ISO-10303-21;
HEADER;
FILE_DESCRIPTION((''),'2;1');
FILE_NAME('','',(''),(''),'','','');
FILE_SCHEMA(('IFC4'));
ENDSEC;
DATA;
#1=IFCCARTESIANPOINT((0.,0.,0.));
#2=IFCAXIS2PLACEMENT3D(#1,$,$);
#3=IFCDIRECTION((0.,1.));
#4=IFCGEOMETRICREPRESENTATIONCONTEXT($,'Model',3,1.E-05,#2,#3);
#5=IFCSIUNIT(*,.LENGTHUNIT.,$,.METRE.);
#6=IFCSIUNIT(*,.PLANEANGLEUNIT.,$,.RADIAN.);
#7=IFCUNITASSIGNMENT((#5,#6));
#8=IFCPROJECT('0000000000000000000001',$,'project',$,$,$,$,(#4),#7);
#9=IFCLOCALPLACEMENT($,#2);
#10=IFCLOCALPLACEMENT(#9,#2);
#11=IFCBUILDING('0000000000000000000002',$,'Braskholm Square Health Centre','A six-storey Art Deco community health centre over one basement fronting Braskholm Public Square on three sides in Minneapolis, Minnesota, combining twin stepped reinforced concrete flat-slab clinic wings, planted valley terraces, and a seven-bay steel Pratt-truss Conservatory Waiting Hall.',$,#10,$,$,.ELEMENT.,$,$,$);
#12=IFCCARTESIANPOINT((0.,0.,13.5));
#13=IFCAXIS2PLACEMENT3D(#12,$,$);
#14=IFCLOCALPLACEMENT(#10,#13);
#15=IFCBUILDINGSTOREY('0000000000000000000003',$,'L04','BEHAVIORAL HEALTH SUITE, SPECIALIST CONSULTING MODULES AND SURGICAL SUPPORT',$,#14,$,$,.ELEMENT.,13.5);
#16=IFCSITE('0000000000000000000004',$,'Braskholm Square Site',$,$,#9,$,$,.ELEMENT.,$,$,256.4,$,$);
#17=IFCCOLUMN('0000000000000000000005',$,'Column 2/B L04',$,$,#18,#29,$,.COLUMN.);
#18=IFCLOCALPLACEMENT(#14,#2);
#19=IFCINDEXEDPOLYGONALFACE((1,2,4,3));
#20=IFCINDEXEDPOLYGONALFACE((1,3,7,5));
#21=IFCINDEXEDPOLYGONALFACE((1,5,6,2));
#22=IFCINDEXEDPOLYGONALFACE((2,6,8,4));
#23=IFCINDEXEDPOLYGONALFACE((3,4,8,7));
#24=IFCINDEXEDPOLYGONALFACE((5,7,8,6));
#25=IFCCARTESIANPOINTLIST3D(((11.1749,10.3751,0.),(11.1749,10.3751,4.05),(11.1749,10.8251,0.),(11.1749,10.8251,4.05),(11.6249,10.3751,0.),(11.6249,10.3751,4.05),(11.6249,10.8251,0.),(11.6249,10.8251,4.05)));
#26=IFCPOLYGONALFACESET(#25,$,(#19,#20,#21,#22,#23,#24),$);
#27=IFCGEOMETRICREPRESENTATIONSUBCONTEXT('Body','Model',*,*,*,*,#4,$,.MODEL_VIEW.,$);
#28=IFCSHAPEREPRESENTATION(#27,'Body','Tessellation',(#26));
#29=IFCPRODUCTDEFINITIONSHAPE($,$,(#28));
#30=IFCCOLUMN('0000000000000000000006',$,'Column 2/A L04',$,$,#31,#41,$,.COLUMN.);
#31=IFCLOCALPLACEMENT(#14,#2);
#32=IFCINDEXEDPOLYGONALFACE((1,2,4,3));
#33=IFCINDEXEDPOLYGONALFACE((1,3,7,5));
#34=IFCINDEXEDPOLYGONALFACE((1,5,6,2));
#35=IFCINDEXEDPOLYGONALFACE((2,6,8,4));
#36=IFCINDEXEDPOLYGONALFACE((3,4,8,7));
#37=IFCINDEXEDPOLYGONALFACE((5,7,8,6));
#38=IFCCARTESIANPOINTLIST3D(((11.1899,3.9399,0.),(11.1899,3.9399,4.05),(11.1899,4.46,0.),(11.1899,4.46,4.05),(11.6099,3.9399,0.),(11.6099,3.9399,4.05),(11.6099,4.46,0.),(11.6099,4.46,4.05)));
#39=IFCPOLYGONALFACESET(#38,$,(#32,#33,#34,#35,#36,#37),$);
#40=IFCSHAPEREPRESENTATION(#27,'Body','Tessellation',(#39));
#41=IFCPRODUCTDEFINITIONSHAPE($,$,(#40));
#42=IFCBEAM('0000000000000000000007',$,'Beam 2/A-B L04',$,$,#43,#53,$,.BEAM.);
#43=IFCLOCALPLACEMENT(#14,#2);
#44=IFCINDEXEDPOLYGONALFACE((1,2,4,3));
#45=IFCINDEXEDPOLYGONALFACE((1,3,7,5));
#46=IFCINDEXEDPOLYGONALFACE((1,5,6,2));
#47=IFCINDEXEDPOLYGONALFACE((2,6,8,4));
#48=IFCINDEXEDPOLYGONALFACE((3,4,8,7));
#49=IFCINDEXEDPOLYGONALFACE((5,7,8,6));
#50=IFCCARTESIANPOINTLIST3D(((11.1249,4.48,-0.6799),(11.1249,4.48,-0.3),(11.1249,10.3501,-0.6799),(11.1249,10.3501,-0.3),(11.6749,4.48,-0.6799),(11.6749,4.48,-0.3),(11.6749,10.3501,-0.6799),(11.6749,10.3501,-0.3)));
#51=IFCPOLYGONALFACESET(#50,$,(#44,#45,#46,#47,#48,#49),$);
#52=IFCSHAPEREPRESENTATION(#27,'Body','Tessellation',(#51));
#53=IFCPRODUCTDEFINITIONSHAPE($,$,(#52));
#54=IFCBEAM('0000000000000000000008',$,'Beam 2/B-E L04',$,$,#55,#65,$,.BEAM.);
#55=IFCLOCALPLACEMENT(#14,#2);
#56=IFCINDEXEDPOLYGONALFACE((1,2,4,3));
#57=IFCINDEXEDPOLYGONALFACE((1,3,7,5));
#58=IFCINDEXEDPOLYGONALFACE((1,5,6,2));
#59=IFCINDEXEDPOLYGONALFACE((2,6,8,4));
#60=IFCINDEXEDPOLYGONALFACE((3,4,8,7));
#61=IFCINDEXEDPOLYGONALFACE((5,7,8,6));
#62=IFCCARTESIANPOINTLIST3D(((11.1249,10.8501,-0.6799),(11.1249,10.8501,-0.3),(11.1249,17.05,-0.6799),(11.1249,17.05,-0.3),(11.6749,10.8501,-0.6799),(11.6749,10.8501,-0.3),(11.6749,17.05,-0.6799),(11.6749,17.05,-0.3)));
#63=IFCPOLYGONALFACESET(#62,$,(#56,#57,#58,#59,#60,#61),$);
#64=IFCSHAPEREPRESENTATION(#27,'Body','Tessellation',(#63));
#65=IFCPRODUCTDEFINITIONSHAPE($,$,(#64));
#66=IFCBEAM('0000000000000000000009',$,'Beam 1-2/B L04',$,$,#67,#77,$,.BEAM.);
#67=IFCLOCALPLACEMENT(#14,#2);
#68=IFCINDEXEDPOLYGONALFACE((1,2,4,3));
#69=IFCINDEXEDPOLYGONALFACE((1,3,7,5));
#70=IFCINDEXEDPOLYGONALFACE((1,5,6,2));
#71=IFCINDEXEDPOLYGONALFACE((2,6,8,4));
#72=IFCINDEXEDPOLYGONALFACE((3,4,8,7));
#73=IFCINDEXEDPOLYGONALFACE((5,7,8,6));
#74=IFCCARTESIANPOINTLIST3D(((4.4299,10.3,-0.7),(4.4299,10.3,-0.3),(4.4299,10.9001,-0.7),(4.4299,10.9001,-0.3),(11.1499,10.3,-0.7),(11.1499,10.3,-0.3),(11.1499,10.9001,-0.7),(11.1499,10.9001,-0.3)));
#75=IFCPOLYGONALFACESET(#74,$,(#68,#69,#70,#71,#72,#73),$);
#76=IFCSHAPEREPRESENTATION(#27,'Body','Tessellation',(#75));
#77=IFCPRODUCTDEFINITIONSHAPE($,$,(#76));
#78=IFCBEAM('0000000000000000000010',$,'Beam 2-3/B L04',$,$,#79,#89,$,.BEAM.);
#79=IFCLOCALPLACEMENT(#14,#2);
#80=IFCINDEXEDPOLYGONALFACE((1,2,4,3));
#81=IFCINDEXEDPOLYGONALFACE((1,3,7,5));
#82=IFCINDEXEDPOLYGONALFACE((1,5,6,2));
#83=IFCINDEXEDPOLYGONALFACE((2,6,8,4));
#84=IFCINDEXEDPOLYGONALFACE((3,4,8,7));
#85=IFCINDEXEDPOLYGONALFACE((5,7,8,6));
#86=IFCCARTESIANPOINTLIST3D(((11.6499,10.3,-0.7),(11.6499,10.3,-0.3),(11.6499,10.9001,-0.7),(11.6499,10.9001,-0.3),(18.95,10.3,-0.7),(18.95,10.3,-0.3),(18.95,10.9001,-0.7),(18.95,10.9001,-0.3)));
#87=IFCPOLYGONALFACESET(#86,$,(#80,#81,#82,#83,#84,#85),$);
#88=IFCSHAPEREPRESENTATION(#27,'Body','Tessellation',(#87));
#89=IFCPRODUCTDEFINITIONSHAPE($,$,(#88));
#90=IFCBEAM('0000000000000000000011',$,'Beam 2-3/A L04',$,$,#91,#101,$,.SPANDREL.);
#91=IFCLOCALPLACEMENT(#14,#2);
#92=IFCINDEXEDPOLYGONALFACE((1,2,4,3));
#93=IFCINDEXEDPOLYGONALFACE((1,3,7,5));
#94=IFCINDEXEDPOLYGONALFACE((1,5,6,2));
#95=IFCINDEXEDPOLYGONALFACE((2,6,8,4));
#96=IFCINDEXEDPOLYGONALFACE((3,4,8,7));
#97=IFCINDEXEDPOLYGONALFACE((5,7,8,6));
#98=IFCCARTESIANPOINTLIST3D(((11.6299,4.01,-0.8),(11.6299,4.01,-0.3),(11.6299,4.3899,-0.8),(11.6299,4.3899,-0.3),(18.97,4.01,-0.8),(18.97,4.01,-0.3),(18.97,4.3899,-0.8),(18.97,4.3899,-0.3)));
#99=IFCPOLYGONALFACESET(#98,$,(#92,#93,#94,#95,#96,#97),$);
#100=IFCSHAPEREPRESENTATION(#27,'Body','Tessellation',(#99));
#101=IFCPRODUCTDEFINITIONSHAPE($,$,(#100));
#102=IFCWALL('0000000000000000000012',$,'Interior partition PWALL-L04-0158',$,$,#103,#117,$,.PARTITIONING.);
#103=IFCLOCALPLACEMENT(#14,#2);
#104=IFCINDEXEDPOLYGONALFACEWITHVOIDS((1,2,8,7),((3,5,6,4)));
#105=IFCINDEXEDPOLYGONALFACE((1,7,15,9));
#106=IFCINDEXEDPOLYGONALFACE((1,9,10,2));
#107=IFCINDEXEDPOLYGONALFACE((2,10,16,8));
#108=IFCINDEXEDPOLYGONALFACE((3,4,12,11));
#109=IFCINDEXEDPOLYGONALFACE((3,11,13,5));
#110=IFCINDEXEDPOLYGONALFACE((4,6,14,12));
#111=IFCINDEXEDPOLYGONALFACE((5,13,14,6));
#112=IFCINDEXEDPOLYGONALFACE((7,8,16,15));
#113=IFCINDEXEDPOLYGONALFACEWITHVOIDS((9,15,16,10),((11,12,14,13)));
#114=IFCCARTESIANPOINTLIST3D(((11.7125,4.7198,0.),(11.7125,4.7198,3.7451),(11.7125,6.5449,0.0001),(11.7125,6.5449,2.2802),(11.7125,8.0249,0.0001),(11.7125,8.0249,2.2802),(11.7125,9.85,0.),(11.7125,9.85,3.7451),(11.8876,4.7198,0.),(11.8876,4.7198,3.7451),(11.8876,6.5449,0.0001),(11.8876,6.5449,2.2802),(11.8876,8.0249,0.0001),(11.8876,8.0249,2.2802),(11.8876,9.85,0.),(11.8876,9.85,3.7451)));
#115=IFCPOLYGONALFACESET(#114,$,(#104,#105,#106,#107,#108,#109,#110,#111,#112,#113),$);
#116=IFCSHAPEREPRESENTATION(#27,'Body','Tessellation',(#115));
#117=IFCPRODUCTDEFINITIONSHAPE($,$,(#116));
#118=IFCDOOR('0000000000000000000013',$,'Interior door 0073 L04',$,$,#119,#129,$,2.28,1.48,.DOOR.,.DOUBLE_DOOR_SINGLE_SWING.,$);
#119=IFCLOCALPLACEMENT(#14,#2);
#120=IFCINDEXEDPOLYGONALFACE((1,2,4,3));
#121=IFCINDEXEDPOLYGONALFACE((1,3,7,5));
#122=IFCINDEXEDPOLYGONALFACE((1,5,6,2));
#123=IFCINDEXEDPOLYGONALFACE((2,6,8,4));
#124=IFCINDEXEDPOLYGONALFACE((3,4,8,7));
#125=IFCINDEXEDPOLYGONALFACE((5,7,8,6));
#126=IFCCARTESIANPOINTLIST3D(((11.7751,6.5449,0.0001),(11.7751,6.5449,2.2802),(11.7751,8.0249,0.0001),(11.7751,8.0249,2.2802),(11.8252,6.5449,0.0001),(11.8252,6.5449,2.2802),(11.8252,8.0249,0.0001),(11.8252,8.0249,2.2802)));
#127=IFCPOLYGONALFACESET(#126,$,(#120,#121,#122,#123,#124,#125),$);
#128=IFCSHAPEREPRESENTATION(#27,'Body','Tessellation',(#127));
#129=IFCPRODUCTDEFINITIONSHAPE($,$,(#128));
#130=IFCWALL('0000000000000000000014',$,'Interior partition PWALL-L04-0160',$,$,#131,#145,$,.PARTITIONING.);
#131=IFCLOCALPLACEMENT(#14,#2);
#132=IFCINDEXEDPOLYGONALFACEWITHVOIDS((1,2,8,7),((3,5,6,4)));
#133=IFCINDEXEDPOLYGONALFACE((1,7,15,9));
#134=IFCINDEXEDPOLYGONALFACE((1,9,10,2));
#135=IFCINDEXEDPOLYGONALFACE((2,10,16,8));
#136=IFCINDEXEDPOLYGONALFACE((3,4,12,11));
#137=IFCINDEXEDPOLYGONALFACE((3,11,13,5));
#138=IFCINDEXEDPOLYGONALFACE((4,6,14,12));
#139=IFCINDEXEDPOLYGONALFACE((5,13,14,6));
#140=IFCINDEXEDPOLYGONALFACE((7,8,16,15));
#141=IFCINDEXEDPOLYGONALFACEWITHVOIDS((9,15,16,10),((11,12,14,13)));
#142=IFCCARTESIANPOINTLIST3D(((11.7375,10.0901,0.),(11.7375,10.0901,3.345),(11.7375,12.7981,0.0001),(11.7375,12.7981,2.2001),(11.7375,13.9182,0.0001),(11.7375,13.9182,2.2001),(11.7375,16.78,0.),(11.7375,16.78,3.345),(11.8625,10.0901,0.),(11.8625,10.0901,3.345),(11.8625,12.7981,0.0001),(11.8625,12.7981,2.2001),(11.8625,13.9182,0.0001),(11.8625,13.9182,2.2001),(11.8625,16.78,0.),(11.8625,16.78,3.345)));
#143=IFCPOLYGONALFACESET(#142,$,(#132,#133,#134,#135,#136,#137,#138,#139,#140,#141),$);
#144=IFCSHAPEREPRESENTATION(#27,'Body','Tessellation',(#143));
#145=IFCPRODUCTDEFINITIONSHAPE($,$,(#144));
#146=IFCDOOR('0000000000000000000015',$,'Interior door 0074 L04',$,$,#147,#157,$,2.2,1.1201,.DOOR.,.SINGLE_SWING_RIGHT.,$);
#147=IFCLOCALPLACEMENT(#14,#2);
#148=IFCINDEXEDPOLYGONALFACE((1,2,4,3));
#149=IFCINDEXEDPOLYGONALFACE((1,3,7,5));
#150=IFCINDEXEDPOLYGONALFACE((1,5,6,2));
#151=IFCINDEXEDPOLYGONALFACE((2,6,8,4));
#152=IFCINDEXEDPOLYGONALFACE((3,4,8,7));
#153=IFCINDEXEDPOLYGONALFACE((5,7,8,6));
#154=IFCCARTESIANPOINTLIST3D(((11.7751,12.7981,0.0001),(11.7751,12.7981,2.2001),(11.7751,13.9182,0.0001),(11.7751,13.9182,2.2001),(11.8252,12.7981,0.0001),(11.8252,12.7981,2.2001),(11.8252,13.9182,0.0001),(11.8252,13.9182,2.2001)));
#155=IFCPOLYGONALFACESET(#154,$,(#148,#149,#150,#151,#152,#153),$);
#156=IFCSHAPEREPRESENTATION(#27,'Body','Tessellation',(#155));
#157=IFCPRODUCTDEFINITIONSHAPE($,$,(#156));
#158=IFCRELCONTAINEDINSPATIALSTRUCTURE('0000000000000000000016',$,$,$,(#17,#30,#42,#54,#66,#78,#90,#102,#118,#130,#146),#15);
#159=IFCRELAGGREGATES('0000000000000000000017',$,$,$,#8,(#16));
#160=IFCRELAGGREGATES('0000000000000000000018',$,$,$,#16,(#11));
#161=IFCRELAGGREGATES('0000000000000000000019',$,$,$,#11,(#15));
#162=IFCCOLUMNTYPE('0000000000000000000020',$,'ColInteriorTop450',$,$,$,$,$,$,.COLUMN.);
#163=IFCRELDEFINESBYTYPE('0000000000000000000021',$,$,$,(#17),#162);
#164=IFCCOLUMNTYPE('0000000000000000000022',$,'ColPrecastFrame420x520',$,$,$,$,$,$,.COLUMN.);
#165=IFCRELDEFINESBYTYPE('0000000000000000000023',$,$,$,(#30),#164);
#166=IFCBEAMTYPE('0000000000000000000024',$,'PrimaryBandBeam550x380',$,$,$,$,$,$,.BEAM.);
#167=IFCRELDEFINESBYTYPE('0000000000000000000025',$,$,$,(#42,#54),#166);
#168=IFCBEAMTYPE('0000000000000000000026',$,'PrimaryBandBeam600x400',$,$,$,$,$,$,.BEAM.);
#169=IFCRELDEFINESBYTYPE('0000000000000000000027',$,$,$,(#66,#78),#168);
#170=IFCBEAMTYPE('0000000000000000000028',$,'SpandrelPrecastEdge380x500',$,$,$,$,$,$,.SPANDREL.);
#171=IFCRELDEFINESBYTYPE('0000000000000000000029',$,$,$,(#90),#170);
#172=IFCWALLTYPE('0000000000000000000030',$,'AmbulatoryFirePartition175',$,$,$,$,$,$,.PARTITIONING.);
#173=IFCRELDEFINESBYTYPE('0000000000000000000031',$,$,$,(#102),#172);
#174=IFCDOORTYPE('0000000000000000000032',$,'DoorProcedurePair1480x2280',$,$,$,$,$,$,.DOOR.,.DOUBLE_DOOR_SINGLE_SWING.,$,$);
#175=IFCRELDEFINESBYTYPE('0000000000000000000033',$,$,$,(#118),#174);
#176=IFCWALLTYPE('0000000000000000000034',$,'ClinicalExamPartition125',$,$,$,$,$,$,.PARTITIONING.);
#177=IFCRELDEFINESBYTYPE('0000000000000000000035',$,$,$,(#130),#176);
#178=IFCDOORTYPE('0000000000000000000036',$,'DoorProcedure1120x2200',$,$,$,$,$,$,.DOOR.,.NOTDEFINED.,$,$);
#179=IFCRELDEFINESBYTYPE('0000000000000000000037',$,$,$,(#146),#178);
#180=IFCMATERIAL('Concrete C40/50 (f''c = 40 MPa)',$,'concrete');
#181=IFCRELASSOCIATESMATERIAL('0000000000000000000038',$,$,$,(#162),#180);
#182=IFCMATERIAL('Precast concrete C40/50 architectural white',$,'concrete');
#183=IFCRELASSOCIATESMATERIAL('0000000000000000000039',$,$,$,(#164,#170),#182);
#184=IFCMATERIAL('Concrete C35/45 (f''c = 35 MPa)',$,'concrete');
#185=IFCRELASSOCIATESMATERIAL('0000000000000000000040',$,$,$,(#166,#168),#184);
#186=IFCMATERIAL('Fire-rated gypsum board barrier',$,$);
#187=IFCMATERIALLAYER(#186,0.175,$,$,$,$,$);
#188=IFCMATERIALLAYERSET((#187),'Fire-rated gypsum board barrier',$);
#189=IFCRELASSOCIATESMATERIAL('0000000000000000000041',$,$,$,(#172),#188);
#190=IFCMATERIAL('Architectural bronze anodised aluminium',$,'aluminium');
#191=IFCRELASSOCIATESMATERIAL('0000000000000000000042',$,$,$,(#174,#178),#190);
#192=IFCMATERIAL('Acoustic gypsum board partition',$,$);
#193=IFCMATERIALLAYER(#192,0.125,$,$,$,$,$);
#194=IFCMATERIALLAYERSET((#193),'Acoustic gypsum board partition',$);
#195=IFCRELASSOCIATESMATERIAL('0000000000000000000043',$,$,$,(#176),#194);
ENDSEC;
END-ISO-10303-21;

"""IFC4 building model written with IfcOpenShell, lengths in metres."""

from ifc_helpers import new_model, si_unit, direction, frame, frame_2d, origin, origin_with_axes, origin_2d, place, context, subcontext, project, spatial, rectangle, extrude, material, layer, layer_set, material_profile, profile_set, type_object, element, fill, save


model = new_model("IFC4")

# Units and contexts
model_context = context("Model", 3, precision=1e-05, world=origin(), true_north=direction((0.0, 1.0)))
body_context = subcontext(model_context, "Body", "Model", "MODEL_VIEW")
ifc_project = project(units=[si_unit("LENGTHUNIT", "METRE"), si_unit("PLANEANGLEUNIT", "RADIAN")], contexts=[model_context])

# Site, building, storey
site_placement = place(None, origin())
site = spatial("IfcSite", under=ifc_project, at=site_placement, Name="Braskholm Square Site", CompositionType="ELEMENT", RefElevation=256.4)
building_placement = place(site_placement, origin())
building = spatial("IfcBuilding", under=site, at=building_placement, Name="Braskholm Square Health Centre", Description="A six-storey Art Deco community health centre over one basement fronting Braskholm Public Square on three sides in Minneapolis, Minnesota, combining twin stepped reinforced concrete flat-slab clinic wings, planted valley terraces, and a seven-bay steel Pratt-truss Conservatory Waiting Hall.", CompositionType="ELEMENT")
storey_placement = place(building_placement, frame((0.0, 0.0, 13.5)))
storey = spatial("IfcBuildingStorey", under=building, at=storey_placement, Name="L04", Description="BEHAVIORAL HEALTH SUITE, SPECIALIST CONSULTING MODULES AND SURGICAL SUPPORT", CompositionType="ELEMENT", Elevation=13.5)

# Columns
ifc_material_1 = material(Name="Concrete C40/50 (f'c = 40 MPa)", Category="concrete")
ifc_material_profile_1 = material_profile(ifc_material_1, rectangle(XDim=0.45, YDim=0.45, at=origin_2d()), Name="RC-450X450")
ifc_profile_set_1 = profile_set([ifc_material_profile_1], Name="Concrete C40/50 (f'c = 40 MPa)")
column_type_1 = type_object("IfcColumnType", Name="ColInteriorTop450", PredefinedType="COLUMN", material=ifc_profile_set_1)
column_1_placement = place(storey_placement, frame((11.3999, 10.6001, 0.0), z_axis=(0.0, 0.0, 1.0), x_axis=(1.0, 0.0, 0.0)))
element("IfcColumn", 1, at=column_1_placement, inside=storey, type_object=column_type_1, Name="Column 2/B L04", PredefinedType="COLUMN", context=body_context, shape_type="SweptSolid", body=[
    extrude(rectangle(XDim=0.45, YDim=0.45, at=origin_2d()), origin(), (0.0, 0.0, 1.0), 4.05),
])
ifc_material_2 = material(Name="Precast concrete C40/50 architectural white", Category="concrete")
ifc_material_profile_2 = material_profile(ifc_material_2, rectangle(XDim=0.4199, YDim=0.52, at=origin_2d()), Name="RC-420X520")
ifc_profile_set_2 = profile_set([ifc_material_profile_2], Name="Precast concrete C40/50 architectural white")
column_type_2 = type_object("IfcColumnType", Name="ColPrecastFrame420x520", PredefinedType="COLUMN", material=ifc_profile_set_2)
column_2_placement = place(storey_placement, frame((11.3999, 4.2, 0.0), z_axis=(0.0, 0.0, 1.0), x_axis=(1.0, 0.0, 0.0)))
element("IfcColumn", 2, at=column_2_placement, inside=storey, type_object=column_type_2, Name="Column 2/A L04", PredefinedType="COLUMN", context=body_context, shape_type="SweptSolid", body=[
    extrude(rectangle(XDim=0.4199, YDim=0.52, at=origin_2d()), origin(), (0.0, 0.0, 1.0), 4.05),
])

# Beams
ifc_material_3 = material(Name="Concrete C35/45 (f'c = 35 MPa)", Category="concrete")
ifc_material_profile_3 = material_profile(ifc_material_3, rectangle(XDim=0.55, YDim=0.3799, at=origin_2d()), Name="RCB-550X380")
ifc_profile_set_3 = profile_set([ifc_material_profile_3], Name="Concrete C35/45 (f'c = 35 MPa)")
beam_type_1 = type_object("IfcBeamType", Name="PrimaryBandBeam550x380", PredefinedType="BEAM", material=ifc_profile_set_3)
beam_1_placement = place(storey_placement, frame((11.3999, 4.48, -0.49), z_axis=(0.0, 1.0, 0.0), x_axis=(-1.0, 0.0, 0.0)))
element("IfcBeam", 3, at=beam_1_placement, inside=storey, type_object=beam_type_1, Name="Beam 2/A-B L04", PredefinedType="BEAM", context=body_context, shape_type="SweptSolid", body=[
    extrude(rectangle(XDim=0.55, YDim=0.3799, at=origin_2d()), origin(), (0.0, 0.0, 1.0), 5.8701),
])
beam_2_placement = place(storey_placement, frame((11.3999, 10.8501, -0.49), z_axis=(0.0, 1.0, 0.0), x_axis=(-1.0, 0.0, 0.0)))
element("IfcBeam", 4, at=beam_2_placement, inside=storey, type_object=beam_type_1, Name="Beam 2/B-E L04", PredefinedType="BEAM", context=body_context, shape_type="SweptSolid", body=[
    extrude(rectangle(XDim=0.55, YDim=0.3799, at=origin_2d()), origin(), (0.0, 0.0, 1.0), 6.2),
])
ifc_material_profile_4 = material_profile(ifc_material_3, rectangle(XDim=0.6001, YDim=0.3999, at=origin_2d()), Name="RCB-600X400")
ifc_profile_set_4 = profile_set([ifc_material_profile_4], Name="Concrete C35/45 (f'c = 35 MPa)")
beam_type_2 = type_object("IfcBeamType", Name="PrimaryBandBeam600x400", PredefinedType="BEAM", material=ifc_profile_set_4)
beam_3_placement = place(storey_placement, frame((4.4299, 10.6001, -0.5), z_axis=(1.0, 0.0, 0.0), x_axis=(0.0, 1.0, 0.0)))
element("IfcBeam", 5, at=beam_3_placement, inside=storey, type_object=beam_type_2, Name="Beam 1-2/B L04", PredefinedType="BEAM", context=body_context, shape_type="SweptSolid", body=[
    extrude(rectangle(XDim=0.6001, YDim=0.3999, at=origin_2d()), origin(), (0.0, 0.0, 1.0), 6.72),
])
beam_4_placement = place(storey_placement, frame((11.6499, 10.6001, -0.5), z_axis=(1.0, 0.0, 0.0), x_axis=(0.0, 1.0, 0.0)))
element("IfcBeam", 6, at=beam_4_placement, inside=storey, type_object=beam_type_2, Name="Beam 2-3/B L04", PredefinedType="BEAM", context=body_context, shape_type="SweptSolid", body=[
    extrude(rectangle(XDim=0.6001, YDim=0.3999, at=origin_2d()), origin(), (0.0, 0.0, 1.0), 7.3),
])
ifc_material_profile_5 = material_profile(ifc_material_2, rectangle(XDim=0.3799, YDim=0.5, at=origin_2d()), Name="RCB-380X500")
ifc_profile_set_5 = profile_set([ifc_material_profile_5], Name="Precast concrete C40/50 architectural white")
beam_type_3 = type_object("IfcBeamType", Name="SpandrelPrecastEdge380x500", PredefinedType="SPANDREL", material=ifc_profile_set_5)
beam_5_placement = place(storey_placement, frame((11.6299, 4.2, -0.55), z_axis=(1.0, 0.0, 0.0), x_axis=(0.0, 1.0, 0.0)))
element("IfcBeam", 7, at=beam_5_placement, inside=storey, type_object=beam_type_3, Name="Beam 2-3/A L04", PredefinedType="SPANDREL", context=body_context, shape_type="SweptSolid", body=[
    extrude(rectangle(XDim=0.3799, YDim=0.5, at=origin_2d()), origin(), (0.0, 0.0, 1.0), 7.3401),
])

# Walls, openings, doors
ifc_material_4 = material(Name="Fire-rated gypsum board barrier")
ifc_layer_1 = layer(ifc_material_4, 0.175)
ifc_layer_set_1 = layer_set([ifc_layer_1], Name="Fire-rated gypsum board barrier")
wall_type_1 = type_object("IfcWallType", Name="AmbulatoryFirePartition175", PredefinedType="PARTITIONING", material=ifc_layer_set_1)
wall_1_placement = place(storey_placement, frame((11.8, 4.72, 0.0), z_axis=(0.0, 0.0, 1.0), x_axis=(0.0, 1.0, 0.0)))
wall_1 = element("IfcWall", 8, at=wall_1_placement, inside=storey, type_object=wall_type_1, Name="Interior partition PWALL-L04-0158", PredefinedType="PARTITIONING", context=body_context, shape_type="SweptSolid", body=[
    extrude(rectangle(XDim=5.1301, YDim=0.175, at=frame_2d((2.5649, 0.0))), origin(), (0.0, 0.0, 1.0), 3.7451),
])
opening_1_placement = place(wall_1_placement, frame((1.825, 0.0, 0.0)))
opening_1 = element("IfcOpeningElement", 9, at=opening_1_placement, cuts=wall_1, PredefinedType="OPENING", context=body_context, shape_type="SweptSolid", body=[
    extrude(rectangle(XDim=1.48, YDim=2.28, at=frame_2d((0.74, 1.1401))), frame((0.0, 0.0977, 0.0), z_axis=(0.0, -1.0, 0.0), x_axis=(1.0, 0.0, 0.0)), (0.0, 0.0, 1.0), 0.1951),
])
ifc_material_5 = material(Name="Architectural bronze anodised aluminium", Category="aluminium")
door_type_1 = type_object("IfcDoorType", Name="DoorProcedurePair1480x2280", OperationType="DOUBLE_DOOR_SINGLE_SWING", PredefinedType="DOOR", material=ifc_material_5)
door_1_placement = place(opening_1_placement, origin_with_axes())
door_1 = element("IfcDoor", 10, at=door_1_placement, inside=storey, type_object=door_type_1, Name="Interior door 0073 L04", OperationType="DOUBLE_DOOR_SINGLE_SWING", OverallHeight=2.28, OverallWidth=1.48, PredefinedType="DOOR", context=body_context, shape_type="SweptSolid", body=[
    extrude(rectangle(XDim=1.48, YDim=2.28, at=frame_2d((0.74, 1.1401))), frame((0.0, 0.0249, 0.0), z_axis=(0.0, -1.0, 0.0), x_axis=(1.0, 0.0, 0.0)), (0.0, 0.0, 1.0), 0.05),
])
fill(opening_1, door_1)
ifc_material_6 = material(Name="Acoustic gypsum board partition")
ifc_layer_2 = layer(ifc_material_6, 0.125)
ifc_layer_set_2 = layer_set([ifc_layer_2], Name="Acoustic gypsum board partition")
wall_type_2 = type_object("IfcWallType", Name="ClinicalExamPartition125", PredefinedType="PARTITIONING", material=ifc_layer_set_2)
wall_2_placement = place(storey_placement, frame((11.8, 10.0901, 0.0), z_axis=(0.0, 0.0, 1.0), x_axis=(0.0, 1.0, 0.0)))
wall_2 = element("IfcWall", 11, at=wall_2_placement, inside=storey, type_object=wall_type_2, Name="Interior partition PWALL-L04-0160", PredefinedType="PARTITIONING", context=body_context, shape_type="SweptSolid", body=[
    extrude(rectangle(XDim=6.6899, YDim=0.125, at=frame_2d((3.345, 0.0))), origin(), (0.0, 0.0, 1.0), 3.345),
])
opening_2_placement = place(wall_2_placement, frame((2.708, 0.0, 0.0)))
opening_2 = element("IfcOpeningElement", 12, at=opening_2_placement, cuts=wall_2, PredefinedType="OPENING", context=body_context, shape_type="SweptSolid", body=[
    extrude(rectangle(XDim=1.1201, YDim=2.2, at=frame_2d((0.5601, 1.1001))), frame((0.0, 0.0725, 0.0), z_axis=(0.0, -1.0, 0.0), x_axis=(1.0, 0.0, 0.0)), (0.0, 0.0, 1.0), 0.145),
])
door_type_2 = type_object("IfcDoorType", Name="DoorProcedure1120x2200", OperationType="NOTDEFINED", PredefinedType="DOOR", material=ifc_material_5)
door_2_placement = place(opening_2_placement, origin_with_axes())
door_2 = element("IfcDoor", 13, at=door_2_placement, inside=storey, type_object=door_type_2, Name="Interior door 0074 L04", OperationType="SINGLE_SWING_RIGHT", OverallHeight=2.2, OverallWidth=1.1201, PredefinedType="DOOR", context=body_context, shape_type="SweptSolid", body=[
    extrude(rectangle(XDim=1.1201, YDim=2.2, at=frame_2d((0.5601, 1.1001))), frame((0.0, 0.0249, 0.0), z_axis=(0.0, -1.0, 0.0), x_axis=(1.0, 0.0, 0.0)), (0.0, 0.0, 1.0), 0.05),
])
fill(opening_2, door_2)

save(model, "model.ifc")
